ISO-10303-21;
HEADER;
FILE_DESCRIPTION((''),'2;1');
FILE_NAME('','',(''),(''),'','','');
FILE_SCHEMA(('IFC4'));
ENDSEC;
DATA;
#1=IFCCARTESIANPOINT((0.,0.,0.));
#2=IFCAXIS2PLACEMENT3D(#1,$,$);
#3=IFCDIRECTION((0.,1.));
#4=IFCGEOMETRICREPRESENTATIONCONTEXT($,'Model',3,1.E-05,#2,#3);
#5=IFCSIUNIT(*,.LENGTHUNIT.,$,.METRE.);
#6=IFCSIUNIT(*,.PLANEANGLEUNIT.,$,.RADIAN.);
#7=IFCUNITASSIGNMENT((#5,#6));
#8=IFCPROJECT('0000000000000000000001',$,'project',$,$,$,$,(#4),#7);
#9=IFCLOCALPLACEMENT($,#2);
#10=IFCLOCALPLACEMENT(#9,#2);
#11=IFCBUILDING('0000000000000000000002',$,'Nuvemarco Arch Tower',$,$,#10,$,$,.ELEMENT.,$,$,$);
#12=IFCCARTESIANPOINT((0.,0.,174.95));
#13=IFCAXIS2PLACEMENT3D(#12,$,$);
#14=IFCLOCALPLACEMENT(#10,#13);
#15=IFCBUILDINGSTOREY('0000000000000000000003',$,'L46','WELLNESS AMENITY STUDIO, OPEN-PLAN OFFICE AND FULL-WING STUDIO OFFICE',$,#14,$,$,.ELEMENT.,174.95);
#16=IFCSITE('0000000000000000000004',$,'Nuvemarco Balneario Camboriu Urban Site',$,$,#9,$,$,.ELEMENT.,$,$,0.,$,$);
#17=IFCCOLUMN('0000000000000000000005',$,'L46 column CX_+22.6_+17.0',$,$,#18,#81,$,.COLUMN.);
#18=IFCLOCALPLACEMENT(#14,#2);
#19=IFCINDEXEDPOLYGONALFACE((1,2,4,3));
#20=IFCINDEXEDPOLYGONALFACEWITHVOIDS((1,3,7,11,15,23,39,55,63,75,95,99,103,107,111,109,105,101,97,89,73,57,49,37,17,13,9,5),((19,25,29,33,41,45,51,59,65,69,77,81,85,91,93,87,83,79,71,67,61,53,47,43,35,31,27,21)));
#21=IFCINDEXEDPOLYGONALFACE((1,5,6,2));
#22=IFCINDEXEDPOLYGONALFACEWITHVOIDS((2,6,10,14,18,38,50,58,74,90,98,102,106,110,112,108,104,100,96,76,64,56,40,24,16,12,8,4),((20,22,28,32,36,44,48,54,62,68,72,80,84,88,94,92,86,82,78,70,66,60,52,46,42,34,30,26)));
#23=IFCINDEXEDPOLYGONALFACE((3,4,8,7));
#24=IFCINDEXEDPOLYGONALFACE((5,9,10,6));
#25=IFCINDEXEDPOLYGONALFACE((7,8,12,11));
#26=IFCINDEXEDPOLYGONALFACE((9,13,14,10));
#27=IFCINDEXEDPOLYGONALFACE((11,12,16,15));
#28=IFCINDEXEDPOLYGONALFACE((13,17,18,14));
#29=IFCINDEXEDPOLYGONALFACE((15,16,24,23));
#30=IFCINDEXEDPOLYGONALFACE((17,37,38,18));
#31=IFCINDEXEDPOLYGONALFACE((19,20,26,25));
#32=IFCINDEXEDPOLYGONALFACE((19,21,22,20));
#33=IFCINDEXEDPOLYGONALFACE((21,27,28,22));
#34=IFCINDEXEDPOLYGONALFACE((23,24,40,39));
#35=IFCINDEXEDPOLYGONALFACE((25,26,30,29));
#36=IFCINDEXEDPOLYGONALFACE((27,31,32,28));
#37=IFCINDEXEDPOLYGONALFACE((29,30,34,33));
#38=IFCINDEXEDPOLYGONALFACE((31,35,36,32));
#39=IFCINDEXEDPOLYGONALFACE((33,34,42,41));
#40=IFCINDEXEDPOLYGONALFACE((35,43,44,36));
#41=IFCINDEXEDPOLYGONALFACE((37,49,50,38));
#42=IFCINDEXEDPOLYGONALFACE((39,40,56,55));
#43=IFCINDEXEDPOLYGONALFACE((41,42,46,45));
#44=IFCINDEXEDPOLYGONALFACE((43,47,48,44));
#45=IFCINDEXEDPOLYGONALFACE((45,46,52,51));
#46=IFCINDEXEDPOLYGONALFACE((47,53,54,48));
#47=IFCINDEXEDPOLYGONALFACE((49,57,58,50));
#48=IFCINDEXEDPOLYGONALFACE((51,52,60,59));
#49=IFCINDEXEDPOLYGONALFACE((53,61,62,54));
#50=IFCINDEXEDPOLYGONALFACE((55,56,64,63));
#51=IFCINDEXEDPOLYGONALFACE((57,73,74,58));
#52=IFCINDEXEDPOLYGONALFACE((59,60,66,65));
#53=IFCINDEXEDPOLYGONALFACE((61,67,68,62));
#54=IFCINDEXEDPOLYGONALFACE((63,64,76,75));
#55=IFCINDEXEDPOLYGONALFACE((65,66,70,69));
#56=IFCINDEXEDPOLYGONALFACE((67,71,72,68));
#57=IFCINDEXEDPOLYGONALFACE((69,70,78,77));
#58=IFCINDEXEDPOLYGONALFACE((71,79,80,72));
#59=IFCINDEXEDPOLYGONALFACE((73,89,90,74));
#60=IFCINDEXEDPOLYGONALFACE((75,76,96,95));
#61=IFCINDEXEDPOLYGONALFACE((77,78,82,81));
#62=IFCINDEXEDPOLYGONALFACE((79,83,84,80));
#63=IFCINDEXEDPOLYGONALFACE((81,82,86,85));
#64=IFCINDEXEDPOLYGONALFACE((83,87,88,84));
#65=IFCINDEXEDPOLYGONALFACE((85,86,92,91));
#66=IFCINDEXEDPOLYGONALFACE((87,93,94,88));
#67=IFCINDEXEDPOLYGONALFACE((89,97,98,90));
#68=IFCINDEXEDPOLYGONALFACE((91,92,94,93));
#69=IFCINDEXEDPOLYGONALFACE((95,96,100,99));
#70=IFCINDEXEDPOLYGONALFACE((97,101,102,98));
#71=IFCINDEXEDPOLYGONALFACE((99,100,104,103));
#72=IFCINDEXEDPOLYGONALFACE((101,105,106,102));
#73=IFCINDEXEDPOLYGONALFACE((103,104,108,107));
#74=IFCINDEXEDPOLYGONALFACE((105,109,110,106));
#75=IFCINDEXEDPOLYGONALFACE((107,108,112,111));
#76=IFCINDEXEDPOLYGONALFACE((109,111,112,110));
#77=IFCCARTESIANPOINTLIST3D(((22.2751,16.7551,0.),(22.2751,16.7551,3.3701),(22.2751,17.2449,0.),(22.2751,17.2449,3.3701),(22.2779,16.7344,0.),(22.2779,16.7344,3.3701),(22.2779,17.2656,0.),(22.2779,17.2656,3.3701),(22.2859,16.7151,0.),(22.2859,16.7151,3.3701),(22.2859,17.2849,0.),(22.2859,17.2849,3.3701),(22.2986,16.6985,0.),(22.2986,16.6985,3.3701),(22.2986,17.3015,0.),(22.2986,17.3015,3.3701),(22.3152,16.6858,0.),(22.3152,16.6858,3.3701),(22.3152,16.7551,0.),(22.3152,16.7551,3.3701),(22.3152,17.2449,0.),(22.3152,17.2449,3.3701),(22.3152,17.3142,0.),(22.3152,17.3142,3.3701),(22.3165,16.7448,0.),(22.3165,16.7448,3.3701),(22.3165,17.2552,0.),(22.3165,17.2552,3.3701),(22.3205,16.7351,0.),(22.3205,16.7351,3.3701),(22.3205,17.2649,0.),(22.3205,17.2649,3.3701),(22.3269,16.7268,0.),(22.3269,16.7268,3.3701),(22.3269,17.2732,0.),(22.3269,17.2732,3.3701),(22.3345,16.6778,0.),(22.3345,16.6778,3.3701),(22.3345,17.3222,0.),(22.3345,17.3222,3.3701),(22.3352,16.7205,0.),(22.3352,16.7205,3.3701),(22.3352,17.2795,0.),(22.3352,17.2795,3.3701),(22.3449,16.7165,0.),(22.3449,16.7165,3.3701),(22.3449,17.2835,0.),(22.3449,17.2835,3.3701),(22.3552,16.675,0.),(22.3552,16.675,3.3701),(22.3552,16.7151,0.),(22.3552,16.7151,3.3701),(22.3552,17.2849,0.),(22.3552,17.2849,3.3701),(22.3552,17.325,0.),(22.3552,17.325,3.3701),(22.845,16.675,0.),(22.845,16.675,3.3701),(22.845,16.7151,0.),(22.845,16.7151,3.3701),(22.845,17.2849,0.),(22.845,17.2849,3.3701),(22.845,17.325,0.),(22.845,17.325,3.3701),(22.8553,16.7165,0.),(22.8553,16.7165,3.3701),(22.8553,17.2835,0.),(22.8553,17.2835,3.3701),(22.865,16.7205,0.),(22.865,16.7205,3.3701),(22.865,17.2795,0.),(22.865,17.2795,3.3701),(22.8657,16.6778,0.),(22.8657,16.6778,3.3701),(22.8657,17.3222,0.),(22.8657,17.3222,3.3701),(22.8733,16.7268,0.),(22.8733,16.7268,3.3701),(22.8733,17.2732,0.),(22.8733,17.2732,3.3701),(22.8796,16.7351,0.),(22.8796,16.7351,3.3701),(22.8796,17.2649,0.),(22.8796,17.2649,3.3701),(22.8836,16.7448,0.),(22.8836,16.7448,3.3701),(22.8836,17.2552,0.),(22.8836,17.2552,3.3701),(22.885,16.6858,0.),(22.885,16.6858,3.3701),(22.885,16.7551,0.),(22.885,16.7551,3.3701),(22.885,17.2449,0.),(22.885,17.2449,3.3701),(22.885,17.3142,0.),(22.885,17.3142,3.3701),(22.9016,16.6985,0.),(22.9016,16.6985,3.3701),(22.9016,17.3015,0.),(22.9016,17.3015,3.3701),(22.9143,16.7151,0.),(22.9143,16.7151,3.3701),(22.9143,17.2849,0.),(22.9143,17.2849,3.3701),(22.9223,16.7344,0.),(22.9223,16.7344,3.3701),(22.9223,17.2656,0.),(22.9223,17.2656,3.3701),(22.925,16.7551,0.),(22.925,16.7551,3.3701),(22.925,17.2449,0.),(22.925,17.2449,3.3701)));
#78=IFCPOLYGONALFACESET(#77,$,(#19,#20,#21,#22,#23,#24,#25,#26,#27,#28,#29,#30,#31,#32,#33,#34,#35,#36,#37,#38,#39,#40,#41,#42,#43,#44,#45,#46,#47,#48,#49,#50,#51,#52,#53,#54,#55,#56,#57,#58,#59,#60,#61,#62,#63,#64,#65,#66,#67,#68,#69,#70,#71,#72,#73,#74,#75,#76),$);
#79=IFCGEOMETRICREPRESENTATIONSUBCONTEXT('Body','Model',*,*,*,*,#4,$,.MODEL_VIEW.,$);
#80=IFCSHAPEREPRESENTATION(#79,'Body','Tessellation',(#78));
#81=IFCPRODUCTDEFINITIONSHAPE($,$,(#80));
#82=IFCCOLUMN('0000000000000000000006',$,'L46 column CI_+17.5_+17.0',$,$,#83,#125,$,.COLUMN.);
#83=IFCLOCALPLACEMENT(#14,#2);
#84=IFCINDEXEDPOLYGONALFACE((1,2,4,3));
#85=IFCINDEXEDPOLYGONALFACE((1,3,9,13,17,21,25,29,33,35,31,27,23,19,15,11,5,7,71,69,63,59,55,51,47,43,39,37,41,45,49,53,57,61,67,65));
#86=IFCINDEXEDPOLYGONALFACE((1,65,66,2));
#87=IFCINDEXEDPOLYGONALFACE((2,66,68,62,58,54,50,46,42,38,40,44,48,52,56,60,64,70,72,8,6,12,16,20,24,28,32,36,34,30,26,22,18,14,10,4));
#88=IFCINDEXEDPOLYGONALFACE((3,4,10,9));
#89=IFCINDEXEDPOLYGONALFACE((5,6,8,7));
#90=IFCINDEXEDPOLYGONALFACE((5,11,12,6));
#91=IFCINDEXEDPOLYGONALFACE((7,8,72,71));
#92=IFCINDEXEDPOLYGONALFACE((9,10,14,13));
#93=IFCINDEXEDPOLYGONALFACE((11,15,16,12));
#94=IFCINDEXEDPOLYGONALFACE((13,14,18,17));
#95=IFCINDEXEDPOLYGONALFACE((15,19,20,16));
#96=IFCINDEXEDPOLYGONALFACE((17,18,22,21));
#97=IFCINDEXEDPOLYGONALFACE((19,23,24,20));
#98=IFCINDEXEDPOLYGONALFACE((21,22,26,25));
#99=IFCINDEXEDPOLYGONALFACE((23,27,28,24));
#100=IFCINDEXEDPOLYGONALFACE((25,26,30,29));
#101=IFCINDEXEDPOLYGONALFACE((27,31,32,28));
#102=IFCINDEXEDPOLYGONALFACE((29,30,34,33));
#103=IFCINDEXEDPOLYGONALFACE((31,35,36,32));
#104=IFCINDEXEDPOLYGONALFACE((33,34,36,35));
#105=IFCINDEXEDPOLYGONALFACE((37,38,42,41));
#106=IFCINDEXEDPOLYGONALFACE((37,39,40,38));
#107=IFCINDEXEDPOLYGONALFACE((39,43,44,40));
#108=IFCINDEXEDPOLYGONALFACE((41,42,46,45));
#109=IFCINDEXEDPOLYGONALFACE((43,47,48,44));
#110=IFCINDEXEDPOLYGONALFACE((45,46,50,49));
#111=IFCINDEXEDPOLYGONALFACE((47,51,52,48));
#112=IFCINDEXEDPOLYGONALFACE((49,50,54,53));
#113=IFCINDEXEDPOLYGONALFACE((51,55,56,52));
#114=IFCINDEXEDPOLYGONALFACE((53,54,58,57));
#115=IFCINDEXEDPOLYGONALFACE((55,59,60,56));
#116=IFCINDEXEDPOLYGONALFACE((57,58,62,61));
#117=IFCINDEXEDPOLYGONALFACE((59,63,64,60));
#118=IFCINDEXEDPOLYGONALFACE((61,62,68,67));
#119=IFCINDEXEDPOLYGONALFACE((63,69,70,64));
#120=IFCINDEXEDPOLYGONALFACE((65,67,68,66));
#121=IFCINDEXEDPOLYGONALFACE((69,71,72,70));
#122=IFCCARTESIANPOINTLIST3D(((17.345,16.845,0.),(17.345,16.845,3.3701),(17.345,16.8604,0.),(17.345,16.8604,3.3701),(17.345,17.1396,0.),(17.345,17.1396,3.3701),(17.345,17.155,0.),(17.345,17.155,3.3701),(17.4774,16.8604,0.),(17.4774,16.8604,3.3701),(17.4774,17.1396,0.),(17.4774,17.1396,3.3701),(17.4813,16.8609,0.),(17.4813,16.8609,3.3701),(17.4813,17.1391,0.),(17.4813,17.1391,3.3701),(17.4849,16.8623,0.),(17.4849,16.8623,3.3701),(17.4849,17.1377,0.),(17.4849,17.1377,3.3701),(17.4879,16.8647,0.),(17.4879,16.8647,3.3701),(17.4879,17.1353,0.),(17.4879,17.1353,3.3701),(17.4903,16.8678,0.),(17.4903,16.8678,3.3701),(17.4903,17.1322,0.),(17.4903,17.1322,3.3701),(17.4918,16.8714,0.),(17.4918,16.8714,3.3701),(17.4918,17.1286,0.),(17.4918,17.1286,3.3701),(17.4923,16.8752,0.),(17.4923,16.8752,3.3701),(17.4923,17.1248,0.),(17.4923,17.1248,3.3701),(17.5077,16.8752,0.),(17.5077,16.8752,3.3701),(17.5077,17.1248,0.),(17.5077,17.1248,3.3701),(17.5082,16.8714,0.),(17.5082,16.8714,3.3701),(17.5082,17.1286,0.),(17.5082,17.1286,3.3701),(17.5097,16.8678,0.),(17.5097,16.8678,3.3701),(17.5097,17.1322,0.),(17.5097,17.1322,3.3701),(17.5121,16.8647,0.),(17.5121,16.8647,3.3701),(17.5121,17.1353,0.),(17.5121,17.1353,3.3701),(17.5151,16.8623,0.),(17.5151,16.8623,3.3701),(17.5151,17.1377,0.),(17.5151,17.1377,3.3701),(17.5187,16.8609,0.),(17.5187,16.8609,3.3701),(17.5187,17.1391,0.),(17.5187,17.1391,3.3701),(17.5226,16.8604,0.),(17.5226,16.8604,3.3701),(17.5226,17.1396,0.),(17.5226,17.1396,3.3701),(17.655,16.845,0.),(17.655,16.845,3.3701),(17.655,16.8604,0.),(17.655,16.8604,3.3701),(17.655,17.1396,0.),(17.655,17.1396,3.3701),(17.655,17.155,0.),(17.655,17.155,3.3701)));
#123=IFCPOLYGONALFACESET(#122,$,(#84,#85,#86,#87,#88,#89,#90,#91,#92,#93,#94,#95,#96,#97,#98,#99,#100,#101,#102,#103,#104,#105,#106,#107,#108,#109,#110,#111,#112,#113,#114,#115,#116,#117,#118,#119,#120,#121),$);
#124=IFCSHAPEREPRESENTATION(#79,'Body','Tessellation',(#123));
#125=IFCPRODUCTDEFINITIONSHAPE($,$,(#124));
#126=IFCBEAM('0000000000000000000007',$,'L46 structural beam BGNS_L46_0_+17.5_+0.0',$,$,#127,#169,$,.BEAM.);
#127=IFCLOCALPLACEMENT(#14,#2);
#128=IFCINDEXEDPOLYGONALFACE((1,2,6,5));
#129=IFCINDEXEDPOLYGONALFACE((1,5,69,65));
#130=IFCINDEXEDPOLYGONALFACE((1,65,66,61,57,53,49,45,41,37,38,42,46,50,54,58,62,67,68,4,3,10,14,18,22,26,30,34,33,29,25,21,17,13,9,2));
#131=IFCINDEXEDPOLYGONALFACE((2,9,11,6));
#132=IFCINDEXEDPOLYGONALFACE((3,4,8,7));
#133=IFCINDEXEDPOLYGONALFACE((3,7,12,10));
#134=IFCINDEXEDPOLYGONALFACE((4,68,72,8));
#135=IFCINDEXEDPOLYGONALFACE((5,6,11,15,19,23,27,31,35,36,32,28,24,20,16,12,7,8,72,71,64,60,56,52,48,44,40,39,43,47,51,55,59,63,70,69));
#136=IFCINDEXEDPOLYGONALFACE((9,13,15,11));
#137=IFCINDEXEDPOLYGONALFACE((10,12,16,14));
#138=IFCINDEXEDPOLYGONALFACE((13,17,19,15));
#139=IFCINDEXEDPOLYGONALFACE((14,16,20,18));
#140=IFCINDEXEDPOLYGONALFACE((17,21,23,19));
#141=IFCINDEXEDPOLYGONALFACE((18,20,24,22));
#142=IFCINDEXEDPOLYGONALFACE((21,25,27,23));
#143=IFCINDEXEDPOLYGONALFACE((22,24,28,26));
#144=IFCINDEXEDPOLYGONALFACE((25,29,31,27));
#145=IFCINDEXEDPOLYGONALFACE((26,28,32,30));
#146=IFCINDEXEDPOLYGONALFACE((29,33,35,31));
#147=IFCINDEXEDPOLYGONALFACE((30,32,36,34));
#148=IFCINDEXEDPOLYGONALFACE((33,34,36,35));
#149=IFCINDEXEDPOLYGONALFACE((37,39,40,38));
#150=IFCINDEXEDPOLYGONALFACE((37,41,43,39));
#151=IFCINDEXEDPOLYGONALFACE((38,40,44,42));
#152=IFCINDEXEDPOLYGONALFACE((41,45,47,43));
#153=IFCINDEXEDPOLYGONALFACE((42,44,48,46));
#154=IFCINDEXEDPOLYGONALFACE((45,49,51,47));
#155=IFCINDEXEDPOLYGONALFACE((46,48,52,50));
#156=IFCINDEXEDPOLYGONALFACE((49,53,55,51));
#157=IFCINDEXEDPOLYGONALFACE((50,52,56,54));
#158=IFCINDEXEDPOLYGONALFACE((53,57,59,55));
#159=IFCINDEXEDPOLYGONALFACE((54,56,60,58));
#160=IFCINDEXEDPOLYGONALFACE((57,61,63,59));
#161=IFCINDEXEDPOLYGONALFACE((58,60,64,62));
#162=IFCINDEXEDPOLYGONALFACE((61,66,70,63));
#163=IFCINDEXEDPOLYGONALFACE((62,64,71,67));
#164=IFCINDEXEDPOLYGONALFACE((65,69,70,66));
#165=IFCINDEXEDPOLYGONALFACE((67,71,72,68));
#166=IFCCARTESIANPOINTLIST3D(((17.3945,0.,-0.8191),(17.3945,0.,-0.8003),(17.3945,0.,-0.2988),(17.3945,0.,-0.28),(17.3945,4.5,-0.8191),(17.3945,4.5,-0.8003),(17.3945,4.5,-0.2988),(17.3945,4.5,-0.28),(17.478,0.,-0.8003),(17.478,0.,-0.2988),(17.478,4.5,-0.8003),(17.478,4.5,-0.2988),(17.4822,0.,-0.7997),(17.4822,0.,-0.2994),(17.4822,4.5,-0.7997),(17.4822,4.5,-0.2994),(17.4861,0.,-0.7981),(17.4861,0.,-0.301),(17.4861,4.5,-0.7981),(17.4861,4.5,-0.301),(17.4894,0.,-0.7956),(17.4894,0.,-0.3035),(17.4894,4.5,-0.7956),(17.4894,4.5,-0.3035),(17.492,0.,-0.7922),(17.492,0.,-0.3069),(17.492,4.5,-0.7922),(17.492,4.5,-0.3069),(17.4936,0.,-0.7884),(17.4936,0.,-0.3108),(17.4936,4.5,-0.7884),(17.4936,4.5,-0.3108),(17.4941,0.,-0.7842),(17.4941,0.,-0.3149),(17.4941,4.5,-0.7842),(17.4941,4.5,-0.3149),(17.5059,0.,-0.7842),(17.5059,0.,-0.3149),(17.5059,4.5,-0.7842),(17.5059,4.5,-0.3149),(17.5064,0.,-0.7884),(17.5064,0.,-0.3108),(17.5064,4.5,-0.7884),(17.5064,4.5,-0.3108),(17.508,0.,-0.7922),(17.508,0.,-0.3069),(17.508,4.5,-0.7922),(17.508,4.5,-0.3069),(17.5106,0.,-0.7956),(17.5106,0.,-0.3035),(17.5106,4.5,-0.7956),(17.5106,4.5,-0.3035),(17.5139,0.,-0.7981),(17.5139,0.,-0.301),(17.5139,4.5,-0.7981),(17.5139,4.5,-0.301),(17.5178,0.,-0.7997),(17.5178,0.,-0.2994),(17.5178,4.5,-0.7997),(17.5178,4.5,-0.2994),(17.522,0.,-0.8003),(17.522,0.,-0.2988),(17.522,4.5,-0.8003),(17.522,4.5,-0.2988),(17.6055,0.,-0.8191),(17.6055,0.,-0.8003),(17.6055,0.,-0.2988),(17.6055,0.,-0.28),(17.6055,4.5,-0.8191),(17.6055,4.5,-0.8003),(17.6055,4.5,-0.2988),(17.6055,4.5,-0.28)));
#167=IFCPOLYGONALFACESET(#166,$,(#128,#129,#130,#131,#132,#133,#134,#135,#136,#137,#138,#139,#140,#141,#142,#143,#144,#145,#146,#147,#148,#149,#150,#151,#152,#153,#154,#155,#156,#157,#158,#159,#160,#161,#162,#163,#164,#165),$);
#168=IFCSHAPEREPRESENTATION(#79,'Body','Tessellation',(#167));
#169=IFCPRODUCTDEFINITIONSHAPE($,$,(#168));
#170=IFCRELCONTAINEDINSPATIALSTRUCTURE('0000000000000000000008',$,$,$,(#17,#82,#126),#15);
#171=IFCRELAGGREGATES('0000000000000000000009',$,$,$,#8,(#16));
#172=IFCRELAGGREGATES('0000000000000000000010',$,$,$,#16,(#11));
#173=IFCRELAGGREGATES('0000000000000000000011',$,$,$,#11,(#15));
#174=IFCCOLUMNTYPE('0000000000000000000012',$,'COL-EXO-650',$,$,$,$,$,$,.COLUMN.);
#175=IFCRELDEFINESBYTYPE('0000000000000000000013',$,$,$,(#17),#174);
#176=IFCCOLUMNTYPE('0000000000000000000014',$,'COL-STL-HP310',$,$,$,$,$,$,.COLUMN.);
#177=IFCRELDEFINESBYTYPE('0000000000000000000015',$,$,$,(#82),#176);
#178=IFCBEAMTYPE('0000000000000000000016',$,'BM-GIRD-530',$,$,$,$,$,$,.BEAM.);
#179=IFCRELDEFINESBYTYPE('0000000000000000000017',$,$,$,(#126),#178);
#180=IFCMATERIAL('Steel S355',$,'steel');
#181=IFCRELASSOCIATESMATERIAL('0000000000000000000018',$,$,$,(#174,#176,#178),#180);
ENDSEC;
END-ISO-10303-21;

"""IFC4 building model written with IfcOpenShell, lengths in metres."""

from ifc_helpers import new_model, si_unit, direction, frame, origin, origin_2d, place, context, subcontext, project, spatial, hollow_rectangle, i_section, extrude, material, material_profile, profile_set, type_object, element, save


model = new_model("IFC4")

# Units and contexts
model_context = context("Model", 3, precision=1e-05, world=origin(), true_north=direction((0.0, 1.0)))
body_context = subcontext(model_context, "Body", "Model", "MODEL_VIEW")
ifc_project = project(units=[si_unit("LENGTHUNIT", "METRE"), si_unit("PLANEANGLEUNIT", "RADIAN")], contexts=[model_context])

# Site, building, storey
site_placement = place(None, origin())
site = spatial("IfcSite", under=ifc_project, at=site_placement, Name="Nuvemarco Balneario Camboriu Urban Site", CompositionType="ELEMENT", RefElevation=0.0)
building_placement = place(site_placement, origin())
building = spatial("IfcBuilding", under=site, at=building_placement, Name="Nuvemarco Arch Tower", CompositionType="ELEMENT")
storey_placement = place(building_placement, frame((0.0, 0.0, 174.95)))
storey = spatial("IfcBuildingStorey", under=building, at=storey_placement, Name="L46", Description="WELLNESS AMENITY STUDIO, OPEN-PLAN OFFICE AND FULL-WING STUDIO OFFICE", CompositionType="ELEMENT", Elevation=174.95)

# Columns
ifc_material_1 = material(Name="Steel S355", Category="steel")
ifc_material_profile_1 = material_profile(ifc_material_1, hollow_rectangle(XDim=0.6499, YDim=0.6499, WallThickness=0.04, InnerFilletRadius=0.04, OuterFilletRadius=0.0801, at=origin_2d()), Name="SHS650x650x40")
ifc_profile_set_1 = profile_set([ifc_material_profile_1], Name="Steel S355")
column_type_1 = type_object("IfcColumnType", Name="COL-EXO-650", PredefinedType="COLUMN", material=ifc_profile_set_1)
for number, where, z_axis, x_axis, name in (
    (1, (22.6001, 17.0, 0.0), (0.0, 0.0, 1.0), (1.0, 0.0, 0.0), "L46 column CX_+22.6_+17.0"),
):
    element("IfcColumn", number, at=place(storey_placement, frame(where, z_axis=z_axis, x_axis=x_axis)), inside=storey, type_object=column_type_1, Name=name, PredefinedType="COLUMN", context=body_context, shape_type="SweptSolid", body=[
        extrude(hollow_rectangle(XDim=0.6499, YDim=0.6499, WallThickness=0.04, InnerFilletRadius=0.04, OuterFilletRadius=0.0801, at=origin_2d()), origin(), (0.0, 0.0, 1.0), 3.3701),
    ])
ifc_material_profile_2 = material_profile(ifc_material_1, i_section(OverallWidth=0.3101, OverallDepth=0.3101, WebThickness=0.0154, FlangeThickness=0.0154, FilletRadius=0.0149, at=origin_2d()), Name="HP310x110")
ifc_profile_set_2 = profile_set([ifc_material_profile_2], Name="Steel S355")
column_type_2 = type_object("IfcColumnType", Name="COL-STL-HP310", PredefinedType="COLUMN", material=ifc_profile_set_2)
column_placement = place(storey_placement, frame((17.5, 17.0, 0.0), z_axis=(0.0, 0.0, 1.0), x_axis=(1.0, 0.0, 0.0)))
element("IfcColumn", 2, at=column_placement, inside=storey, type_object=column_type_2, Name="L46 column CI_+17.5_+17.0", PredefinedType="COLUMN", context=body_context, shape_type="SweptSolid", body=[
    extrude(i_section(OverallWidth=0.3101, OverallDepth=0.3101, WebThickness=0.0154, FlangeThickness=0.0154, FilletRadius=0.0149, at=origin_2d()), origin(), (0.0, 0.0, 1.0), 3.3701),
])

# Beam
ifc_material_profile_3 = material_profile(ifc_material_1, i_section(OverallWidth=0.2109, OverallDepth=0.5391, WebThickness=0.0117, FlangeThickness=0.0188, FilletRadius=0.0161, at=origin_2d()), Name="W530x109")
ifc_profile_set_3 = profile_set([ifc_material_profile_3], Name="Steel S355")
beam_type_1 = type_object("IfcBeamType", Name="BM-GIRD-530", PredefinedType="BEAM", material=ifc_profile_set_3)
beam_1_placement = place(storey_placement, frame((17.5, 0.0, -0.5496), z_axis=(0.0, 1.0, 0.0), x_axis=(-1.0, 0.0, 0.0)))
element("IfcBeam", 3, at=beam_1_placement, inside=storey, type_object=beam_type_1, Name="L46 structural beam BGNS_L46_0_+17.5_+0.0", PredefinedType="BEAM", context=body_context, shape_type="SweptSolid", body=[
    extrude(i_section(OverallWidth=0.2109, OverallDepth=0.5391, WebThickness=0.0117, FlangeThickness=0.0188, FilletRadius=0.0161, at=origin_2d()), origin(), (0.0, 0.0, 1.0), 4.5),
])

save(model, "model.ifc")
